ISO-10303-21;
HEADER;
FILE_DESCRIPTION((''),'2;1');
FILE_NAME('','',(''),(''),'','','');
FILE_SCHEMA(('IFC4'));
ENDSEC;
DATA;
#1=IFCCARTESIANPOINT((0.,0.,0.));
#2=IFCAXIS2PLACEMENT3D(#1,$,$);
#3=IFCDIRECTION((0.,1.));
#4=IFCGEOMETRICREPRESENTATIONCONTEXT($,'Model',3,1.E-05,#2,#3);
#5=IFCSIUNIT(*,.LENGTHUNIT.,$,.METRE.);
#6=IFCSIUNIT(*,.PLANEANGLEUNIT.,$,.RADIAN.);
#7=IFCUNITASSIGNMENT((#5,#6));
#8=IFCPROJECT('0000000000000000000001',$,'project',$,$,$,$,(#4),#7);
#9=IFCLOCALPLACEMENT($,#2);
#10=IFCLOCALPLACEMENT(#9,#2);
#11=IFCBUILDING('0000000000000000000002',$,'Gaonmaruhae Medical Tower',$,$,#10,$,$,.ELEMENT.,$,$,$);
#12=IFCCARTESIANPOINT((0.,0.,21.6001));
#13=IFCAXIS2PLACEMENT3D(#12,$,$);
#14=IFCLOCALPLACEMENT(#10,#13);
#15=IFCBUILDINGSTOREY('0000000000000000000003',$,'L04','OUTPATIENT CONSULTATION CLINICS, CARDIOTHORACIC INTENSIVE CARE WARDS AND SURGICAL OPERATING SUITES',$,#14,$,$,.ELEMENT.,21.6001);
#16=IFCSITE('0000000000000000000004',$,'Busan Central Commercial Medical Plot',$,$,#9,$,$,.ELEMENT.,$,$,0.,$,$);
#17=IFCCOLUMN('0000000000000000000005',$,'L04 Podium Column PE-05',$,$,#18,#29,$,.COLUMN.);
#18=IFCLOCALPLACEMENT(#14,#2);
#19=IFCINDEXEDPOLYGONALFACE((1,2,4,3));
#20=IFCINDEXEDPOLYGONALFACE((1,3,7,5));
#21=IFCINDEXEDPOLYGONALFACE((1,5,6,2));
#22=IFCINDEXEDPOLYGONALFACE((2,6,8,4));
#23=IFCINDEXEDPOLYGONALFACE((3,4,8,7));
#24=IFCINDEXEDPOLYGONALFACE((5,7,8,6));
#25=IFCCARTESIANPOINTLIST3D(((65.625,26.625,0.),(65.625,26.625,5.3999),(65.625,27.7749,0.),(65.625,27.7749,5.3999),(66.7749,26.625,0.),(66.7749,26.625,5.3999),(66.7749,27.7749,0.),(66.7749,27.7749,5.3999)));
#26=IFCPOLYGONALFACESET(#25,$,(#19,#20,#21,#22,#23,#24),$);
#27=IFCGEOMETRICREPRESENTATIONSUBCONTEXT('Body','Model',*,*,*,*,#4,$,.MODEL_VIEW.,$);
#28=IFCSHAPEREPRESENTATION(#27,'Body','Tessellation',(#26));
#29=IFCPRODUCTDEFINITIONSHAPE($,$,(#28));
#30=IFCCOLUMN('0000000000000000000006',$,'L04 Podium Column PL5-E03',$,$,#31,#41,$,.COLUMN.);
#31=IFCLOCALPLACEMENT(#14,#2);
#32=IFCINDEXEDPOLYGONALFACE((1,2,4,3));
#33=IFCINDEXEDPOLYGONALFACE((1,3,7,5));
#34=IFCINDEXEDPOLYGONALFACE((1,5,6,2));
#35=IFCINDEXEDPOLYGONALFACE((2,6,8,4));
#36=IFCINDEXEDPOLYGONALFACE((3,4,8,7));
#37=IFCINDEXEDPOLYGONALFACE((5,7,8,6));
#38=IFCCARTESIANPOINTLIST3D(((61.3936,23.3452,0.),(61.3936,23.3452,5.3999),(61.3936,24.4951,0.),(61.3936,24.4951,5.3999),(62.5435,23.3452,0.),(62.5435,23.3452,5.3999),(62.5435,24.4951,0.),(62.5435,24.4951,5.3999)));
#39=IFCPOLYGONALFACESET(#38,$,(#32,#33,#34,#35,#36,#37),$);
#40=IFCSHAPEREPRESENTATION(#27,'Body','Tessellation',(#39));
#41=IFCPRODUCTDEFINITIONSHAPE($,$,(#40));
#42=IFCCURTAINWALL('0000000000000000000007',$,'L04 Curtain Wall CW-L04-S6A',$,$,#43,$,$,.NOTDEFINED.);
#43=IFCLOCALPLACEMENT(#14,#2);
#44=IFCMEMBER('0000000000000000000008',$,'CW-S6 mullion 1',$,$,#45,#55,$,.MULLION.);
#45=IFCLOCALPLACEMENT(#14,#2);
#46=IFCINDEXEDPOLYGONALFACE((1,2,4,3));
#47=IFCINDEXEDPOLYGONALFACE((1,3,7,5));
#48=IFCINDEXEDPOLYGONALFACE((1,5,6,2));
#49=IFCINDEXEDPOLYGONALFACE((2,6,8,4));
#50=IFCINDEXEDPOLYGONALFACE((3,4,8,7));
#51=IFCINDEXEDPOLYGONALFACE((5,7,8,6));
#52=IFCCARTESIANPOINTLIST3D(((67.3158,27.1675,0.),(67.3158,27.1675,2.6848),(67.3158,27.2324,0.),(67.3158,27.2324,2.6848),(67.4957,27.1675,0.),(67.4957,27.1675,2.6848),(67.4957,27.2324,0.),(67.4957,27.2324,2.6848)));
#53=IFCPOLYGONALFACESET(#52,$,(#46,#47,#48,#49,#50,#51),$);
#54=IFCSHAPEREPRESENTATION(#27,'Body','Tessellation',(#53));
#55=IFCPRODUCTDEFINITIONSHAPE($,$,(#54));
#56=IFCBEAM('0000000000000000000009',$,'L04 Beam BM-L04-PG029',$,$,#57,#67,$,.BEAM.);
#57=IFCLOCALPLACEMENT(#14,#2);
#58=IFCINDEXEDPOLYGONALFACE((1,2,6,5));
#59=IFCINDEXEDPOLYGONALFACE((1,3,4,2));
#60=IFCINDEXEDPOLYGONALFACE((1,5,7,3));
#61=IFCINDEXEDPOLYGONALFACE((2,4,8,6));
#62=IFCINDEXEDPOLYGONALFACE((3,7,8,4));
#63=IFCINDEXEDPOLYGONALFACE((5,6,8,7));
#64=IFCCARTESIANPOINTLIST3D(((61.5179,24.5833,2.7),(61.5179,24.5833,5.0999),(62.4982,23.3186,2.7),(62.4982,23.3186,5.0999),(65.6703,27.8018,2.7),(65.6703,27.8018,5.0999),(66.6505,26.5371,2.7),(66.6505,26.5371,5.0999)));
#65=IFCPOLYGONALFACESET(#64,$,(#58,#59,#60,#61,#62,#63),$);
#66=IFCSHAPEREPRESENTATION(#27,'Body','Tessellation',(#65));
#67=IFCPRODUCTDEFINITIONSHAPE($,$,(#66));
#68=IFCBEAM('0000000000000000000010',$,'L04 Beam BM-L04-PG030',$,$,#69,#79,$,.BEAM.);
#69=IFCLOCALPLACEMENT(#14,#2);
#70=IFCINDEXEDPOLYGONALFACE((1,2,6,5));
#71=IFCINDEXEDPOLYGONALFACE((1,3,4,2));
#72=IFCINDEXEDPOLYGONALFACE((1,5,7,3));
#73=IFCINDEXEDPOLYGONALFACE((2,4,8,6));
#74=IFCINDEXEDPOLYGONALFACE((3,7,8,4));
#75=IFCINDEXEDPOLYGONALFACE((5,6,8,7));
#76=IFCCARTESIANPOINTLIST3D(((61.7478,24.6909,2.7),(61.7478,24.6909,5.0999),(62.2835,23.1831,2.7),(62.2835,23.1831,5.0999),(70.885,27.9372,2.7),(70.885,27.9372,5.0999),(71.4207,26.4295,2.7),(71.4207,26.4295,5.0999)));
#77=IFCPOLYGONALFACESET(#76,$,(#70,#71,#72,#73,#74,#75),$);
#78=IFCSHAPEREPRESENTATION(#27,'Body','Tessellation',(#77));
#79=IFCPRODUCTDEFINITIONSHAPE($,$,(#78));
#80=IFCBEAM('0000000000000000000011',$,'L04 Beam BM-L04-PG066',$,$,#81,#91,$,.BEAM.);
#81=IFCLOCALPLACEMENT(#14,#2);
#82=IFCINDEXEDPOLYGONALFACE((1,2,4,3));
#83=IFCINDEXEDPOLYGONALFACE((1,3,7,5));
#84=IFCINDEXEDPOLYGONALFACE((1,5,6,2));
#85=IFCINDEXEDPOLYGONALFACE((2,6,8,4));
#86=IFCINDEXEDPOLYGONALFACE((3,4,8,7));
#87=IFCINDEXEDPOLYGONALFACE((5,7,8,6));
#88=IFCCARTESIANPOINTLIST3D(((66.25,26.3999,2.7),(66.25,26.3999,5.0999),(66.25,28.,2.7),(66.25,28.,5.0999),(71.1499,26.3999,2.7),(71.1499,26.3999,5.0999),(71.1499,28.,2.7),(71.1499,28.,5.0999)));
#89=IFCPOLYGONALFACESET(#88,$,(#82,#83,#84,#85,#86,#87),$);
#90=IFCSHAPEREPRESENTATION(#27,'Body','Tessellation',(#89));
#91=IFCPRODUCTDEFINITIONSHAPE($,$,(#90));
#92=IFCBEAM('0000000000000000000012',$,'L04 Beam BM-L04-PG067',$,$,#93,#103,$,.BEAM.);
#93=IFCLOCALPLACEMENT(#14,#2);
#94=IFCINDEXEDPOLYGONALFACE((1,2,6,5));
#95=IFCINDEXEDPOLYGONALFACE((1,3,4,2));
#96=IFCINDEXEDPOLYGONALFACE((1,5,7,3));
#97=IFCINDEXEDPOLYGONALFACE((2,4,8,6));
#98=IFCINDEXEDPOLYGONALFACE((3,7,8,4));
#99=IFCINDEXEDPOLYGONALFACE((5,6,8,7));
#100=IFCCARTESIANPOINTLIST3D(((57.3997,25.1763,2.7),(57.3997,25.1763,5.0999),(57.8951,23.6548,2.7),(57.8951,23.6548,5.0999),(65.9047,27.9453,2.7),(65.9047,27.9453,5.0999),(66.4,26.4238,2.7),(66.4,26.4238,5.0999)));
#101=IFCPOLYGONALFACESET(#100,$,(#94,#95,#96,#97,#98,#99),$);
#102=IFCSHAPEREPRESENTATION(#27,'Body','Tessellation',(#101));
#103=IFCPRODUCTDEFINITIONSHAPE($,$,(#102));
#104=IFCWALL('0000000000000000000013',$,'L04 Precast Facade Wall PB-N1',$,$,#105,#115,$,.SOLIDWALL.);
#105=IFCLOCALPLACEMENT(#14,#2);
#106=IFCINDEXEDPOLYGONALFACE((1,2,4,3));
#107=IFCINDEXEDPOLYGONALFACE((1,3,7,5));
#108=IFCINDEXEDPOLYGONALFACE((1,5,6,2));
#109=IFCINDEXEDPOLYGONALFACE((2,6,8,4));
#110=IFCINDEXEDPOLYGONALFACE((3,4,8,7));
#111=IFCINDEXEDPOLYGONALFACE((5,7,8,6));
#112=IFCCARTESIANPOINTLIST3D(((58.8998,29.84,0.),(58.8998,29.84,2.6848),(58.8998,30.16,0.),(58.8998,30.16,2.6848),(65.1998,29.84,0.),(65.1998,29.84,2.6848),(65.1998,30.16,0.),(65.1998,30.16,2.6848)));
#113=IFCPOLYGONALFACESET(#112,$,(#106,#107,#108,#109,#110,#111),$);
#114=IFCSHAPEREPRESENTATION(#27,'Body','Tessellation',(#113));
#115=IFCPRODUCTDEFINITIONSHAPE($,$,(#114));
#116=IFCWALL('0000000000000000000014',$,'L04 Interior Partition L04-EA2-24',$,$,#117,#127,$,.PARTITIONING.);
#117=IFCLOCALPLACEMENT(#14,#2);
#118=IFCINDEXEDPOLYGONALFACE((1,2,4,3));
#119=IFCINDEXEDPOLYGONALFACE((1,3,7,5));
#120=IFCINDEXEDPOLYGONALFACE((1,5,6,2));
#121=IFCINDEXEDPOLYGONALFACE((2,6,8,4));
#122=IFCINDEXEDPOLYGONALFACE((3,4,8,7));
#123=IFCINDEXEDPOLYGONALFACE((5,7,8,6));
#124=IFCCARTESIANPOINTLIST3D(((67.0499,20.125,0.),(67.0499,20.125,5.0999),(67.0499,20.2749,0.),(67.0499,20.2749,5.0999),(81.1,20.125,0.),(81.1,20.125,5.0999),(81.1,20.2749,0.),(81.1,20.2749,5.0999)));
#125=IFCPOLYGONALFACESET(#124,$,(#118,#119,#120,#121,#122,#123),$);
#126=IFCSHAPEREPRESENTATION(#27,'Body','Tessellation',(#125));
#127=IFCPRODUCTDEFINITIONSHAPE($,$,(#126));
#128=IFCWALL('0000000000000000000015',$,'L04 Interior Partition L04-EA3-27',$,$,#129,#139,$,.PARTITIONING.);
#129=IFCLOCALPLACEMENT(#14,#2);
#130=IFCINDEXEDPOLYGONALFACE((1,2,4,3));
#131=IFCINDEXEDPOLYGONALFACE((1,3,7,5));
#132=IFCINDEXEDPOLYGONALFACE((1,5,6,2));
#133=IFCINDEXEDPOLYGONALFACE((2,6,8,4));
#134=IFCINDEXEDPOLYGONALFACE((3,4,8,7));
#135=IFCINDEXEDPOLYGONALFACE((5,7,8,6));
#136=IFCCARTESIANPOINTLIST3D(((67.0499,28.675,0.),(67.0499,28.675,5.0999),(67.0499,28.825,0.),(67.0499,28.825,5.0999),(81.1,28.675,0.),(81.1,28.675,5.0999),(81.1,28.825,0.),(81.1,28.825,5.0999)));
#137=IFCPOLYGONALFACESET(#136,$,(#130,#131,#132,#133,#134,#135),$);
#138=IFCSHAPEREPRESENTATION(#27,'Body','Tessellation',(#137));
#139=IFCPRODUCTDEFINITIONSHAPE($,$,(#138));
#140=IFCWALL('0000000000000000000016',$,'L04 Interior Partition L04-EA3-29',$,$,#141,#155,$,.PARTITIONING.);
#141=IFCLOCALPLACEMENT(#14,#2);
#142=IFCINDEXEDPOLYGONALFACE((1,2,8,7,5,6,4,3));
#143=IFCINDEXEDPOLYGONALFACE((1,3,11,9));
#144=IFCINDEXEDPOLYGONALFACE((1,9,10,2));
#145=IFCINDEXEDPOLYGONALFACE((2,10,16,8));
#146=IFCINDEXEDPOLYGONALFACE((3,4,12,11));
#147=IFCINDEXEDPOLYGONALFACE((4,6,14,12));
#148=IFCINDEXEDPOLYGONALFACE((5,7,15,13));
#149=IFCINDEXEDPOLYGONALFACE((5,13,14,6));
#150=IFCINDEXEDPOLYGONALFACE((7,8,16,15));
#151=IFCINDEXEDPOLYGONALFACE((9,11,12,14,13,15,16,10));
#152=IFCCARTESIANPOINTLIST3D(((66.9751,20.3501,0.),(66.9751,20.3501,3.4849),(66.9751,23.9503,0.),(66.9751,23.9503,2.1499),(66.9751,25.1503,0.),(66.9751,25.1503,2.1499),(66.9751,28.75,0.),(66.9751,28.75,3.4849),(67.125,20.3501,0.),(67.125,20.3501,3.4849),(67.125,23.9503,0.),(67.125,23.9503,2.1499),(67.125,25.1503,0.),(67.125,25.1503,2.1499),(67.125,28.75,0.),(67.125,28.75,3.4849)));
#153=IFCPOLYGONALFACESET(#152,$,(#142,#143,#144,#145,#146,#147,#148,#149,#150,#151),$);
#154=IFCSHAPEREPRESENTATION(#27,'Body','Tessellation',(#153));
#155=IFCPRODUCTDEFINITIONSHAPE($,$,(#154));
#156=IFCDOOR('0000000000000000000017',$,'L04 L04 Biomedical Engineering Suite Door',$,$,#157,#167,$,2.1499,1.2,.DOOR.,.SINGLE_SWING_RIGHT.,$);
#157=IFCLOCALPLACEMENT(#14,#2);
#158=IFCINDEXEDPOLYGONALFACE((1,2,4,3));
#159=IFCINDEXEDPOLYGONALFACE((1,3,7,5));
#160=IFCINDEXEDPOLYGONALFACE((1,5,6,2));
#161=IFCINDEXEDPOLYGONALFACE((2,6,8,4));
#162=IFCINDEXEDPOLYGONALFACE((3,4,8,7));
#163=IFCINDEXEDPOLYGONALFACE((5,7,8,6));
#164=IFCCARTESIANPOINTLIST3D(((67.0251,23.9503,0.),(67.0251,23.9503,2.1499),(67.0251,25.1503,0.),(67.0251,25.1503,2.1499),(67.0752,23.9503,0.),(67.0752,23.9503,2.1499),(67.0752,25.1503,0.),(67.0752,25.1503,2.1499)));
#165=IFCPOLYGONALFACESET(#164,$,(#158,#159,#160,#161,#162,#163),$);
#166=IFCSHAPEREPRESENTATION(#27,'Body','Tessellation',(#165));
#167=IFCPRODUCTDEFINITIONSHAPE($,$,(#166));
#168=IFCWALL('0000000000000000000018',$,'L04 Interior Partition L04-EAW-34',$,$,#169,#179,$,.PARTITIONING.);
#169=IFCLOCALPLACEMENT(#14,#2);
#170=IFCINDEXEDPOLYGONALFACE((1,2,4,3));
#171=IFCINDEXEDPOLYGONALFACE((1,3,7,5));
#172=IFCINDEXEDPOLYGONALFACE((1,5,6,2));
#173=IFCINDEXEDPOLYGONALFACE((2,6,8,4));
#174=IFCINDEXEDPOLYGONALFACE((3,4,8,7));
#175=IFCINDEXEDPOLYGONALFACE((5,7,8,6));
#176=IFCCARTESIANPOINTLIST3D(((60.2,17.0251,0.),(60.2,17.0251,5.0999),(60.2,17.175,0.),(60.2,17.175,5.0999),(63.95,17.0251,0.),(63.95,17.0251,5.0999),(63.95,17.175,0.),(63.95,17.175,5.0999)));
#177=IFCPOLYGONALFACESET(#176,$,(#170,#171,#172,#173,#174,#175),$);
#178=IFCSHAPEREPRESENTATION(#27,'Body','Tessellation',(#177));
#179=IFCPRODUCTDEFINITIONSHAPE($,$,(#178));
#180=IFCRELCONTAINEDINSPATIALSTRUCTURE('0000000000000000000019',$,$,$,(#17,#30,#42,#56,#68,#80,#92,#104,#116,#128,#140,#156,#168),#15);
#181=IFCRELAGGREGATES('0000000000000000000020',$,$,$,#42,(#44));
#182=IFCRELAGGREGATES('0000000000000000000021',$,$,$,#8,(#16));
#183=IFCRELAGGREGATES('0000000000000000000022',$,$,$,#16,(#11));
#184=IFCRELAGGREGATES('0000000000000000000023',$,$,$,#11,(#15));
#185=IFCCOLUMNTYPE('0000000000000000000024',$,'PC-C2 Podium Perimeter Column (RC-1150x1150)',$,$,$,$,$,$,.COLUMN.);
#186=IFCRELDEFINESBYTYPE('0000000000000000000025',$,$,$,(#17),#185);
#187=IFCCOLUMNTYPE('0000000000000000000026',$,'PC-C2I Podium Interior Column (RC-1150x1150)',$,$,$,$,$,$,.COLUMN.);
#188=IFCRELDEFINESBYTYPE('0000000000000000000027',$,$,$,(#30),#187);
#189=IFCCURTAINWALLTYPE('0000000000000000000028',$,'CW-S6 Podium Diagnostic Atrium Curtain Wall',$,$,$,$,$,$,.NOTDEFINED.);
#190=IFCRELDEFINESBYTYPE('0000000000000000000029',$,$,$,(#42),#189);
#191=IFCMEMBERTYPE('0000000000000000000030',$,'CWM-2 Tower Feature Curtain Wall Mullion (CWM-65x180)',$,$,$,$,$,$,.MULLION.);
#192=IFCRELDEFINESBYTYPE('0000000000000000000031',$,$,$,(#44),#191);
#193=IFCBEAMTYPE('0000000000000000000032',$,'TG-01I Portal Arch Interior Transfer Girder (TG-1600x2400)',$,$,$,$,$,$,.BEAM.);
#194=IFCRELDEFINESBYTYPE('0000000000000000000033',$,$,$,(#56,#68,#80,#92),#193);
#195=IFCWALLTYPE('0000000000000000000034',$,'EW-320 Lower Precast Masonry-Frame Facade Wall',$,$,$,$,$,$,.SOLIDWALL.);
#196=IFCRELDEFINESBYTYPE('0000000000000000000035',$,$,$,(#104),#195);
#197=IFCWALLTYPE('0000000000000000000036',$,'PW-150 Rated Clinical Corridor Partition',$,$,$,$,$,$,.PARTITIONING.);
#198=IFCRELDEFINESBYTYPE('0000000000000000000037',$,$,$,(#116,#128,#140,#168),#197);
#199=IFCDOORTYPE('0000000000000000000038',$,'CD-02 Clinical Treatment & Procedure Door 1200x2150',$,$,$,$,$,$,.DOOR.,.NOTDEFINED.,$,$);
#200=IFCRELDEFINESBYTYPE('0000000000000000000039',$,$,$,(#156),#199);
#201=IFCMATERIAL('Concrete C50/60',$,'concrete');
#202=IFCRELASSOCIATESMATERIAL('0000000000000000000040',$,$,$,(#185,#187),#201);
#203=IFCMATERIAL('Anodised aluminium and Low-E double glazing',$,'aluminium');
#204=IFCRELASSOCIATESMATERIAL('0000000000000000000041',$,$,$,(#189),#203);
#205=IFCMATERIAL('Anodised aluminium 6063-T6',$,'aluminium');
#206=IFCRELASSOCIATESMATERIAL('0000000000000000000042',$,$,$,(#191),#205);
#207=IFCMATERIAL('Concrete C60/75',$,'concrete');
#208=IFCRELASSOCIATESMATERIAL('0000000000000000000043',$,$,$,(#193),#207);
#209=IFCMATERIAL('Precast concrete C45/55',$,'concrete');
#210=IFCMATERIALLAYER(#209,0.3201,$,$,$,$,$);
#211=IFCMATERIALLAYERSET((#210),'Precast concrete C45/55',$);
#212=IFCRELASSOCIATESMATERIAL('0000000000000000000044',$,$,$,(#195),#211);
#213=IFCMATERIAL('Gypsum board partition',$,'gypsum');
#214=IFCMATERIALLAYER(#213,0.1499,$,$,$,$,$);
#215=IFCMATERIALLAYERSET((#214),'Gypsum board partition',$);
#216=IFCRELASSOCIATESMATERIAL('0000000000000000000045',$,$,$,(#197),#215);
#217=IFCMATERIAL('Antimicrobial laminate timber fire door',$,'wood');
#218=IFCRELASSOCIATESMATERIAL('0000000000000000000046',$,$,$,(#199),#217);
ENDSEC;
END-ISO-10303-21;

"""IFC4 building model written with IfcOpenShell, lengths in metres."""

from ifc_helpers import new_model, si_unit, direction, frame, frame_2d, origin, origin_2d, place, context, subcontext, project, spatial, rectangle, extrude, material, layer, layer_set, material_profile, profile_set, type_object, element, fill, aggregate, save


model = new_model("IFC4")

# Units and contexts
model_context = context("Model", 3, precision=1e-05, world=origin(), true_north=direction((0.0, 1.0)))
body_context = subcontext(model_context, "Body", "Model", "MODEL_VIEW")
ifc_project = project(units=[si_unit("LENGTHUNIT", "METRE"), si_unit("PLANEANGLEUNIT", "RADIAN")], contexts=[model_context])

# Site, building, storey
site_placement = place(None, origin())
site = spatial("IfcSite", under=ifc_project, at=site_placement, Name="Busan Central Commercial Medical Plot", CompositionType="ELEMENT", RefElevation=0.0)
building_placement = place(site_placement, origin())
building = spatial("IfcBuilding", under=site, at=building_placement, Name="Gaonmaruhae Medical Tower", CompositionType="ELEMENT")
storey_placement = place(building_placement, frame((0.0, 0.0, 21.6001)))
storey = spatial("IfcBuildingStorey", under=building, at=storey_placement, Name="L04", Description="OUTPATIENT CONSULTATION CLINICS, CARDIOTHORACIC INTENSIVE CARE WARDS AND SURGICAL OPERATING SUITES", CompositionType="ELEMENT", Elevation=21.6001)

# Columns
ifc_material_1 = material(Name="Concrete C50/60", Category="concrete")
ifc_material_profile_1 = material_profile(ifc_material_1, rectangle(XDim=1.1499, YDim=1.1499, at=origin_2d()), Name="RC-1150x1150")
ifc_profile_set_1 = profile_set([ifc_material_profile_1], Name="Concrete C50/60")
column_type_1 = type_object("IfcColumnType", Name="PC-C2 Podium Perimeter Column (RC-1150x1150)", PredefinedType="COLUMN", material=ifc_profile_set_1)
column_1_placement = place(storey_placement, frame((66.2, 27.2, 0.0), z_axis=(0.0, 0.0, 1.0), x_axis=(1.0, 0.0, 0.0)))
element("IfcColumn", 1, at=column_1_placement, inside=storey, type_object=column_type_1, Name="L04 Podium Column PE-05", PredefinedType="COLUMN", context=body_context, shape_type="SweptSolid", body=[
    extrude(rectangle(XDim=1.1499, YDim=1.1499, at=origin_2d()), origin(), (0.0, 0.0, 1.0), 5.3999),
])
ifc_material_profile_2 = material_profile(ifc_material_1, rectangle(XDim=1.1499, YDim=1.1499, at=origin_2d()), Name="RC-1150x1150")
ifc_profile_set_2 = profile_set([ifc_material_profile_2], Name="Concrete C50/60")
column_type_2 = type_object("IfcColumnType", Name="PC-C2I Podium Interior Column (RC-1150x1150)", PredefinedType="COLUMN", material=ifc_profile_set_2)
column_2_placement = place(storey_placement, frame((61.9685, 23.9202, 0.0), z_axis=(0.0, 0.0, 1.0), x_axis=(1.0, 0.0, 0.0)))
element("IfcColumn", 2, at=column_2_placement, inside=storey, type_object=column_type_2, Name="L04 Podium Column PL5-E03", PredefinedType="COLUMN", context=body_context, shape_type="SweptSolid", body=[
    extrude(rectangle(XDim=1.1499, YDim=1.1499, at=origin_2d()), origin(), (0.0, 0.0, 1.0), 5.3999),
])

# Curtain wall, member
ifc_material_2 = material(Name="Anodised aluminium and Low-E double glazing", Category="aluminium")
curtain_wall_type = type_object("IfcCurtainWallType", Name="CW-S6 Podium Diagnostic Atrium Curtain Wall", PredefinedType="NOTDEFINED", material=ifc_material_2)
curtain_wall_placement = place(storey_placement, origin())
curtain_wall = element("IfcCurtainWall", 3, at=curtain_wall_placement, inside=storey, type_object=curtain_wall_type, Name="L04 Curtain Wall CW-L04-S6A", PredefinedType="NOTDEFINED")
ifc_material_3 = material(Name="Anodised aluminium 6063-T6", Category="aluminium")
ifc_material_profile_3 = material_profile(ifc_material_3, rectangle(XDim=0.0649, YDim=0.1799, at=origin_2d()), Name="CWM-65x180")
ifc_profile_set_3 = profile_set([ifc_material_profile_3], Name="Anodised aluminium 6063-T6")
member_type = type_object("IfcMemberType", Name="CWM-2 Tower Feature Curtain Wall Mullion (CWM-65x180)", PredefinedType="MULLION", material=ifc_profile_set_3)
member_placement = place(storey_placement, frame((67.4058, 27.2, 0.0), z_axis=(0.0, 0.0, 1.0), x_axis=(0.0, 1.0, 0.0)))
member = element("IfcMember", 4, at=member_placement, type_object=member_type, Name="CW-S6 mullion 1", PredefinedType="MULLION", context=body_context, shape_type="SweptSolid", body=[
    extrude(rectangle(XDim=0.0649, YDim=0.1799, at=origin_2d()), origin(), (0.0, 0.0, 1.0), 2.6848),
])
aggregate(curtain_wall, [member])

# Beams
ifc_material_4 = material(Name="Concrete C60/75", Category="concrete")
ifc_material_profile_4 = material_profile(ifc_material_4, rectangle(XDim=1.6001, YDim=2.3999, at=origin_2d()), Name="TG-1600x2400")
ifc_profile_set_4 = profile_set([ifc_material_profile_4], Name="Concrete C60/75")
beam_type = type_object("IfcBeamType", Name="TG-01I Portal Arch Interior Transfer Girder (TG-1600x2400)", PredefinedType="BEAM", material=ifc_profile_set_4)
beam_1_placement = place(storey_placement, frame((62.0081, 23.9509, 3.8999), z_axis=(0.790375, 0.612624, 0.0), x_axis=(-0.612624, 0.790375, 0.0)))
element("IfcBeam", 5, at=beam_1_placement, inside=storey, type_object=beam_type, Name="L04 Beam BM-L04-PG029", PredefinedType="BEAM", context=body_context, shape_type="SweptSolid", body=[
    extrude(rectangle(XDim=1.6001, YDim=2.3999, at=origin_2d()), origin(), (0.0, 0.0, 1.0), 5.2537),
])
beam_2_placement = place(storey_placement, frame((62.0156, 23.937, 3.8999), z_axis=(0.942294, 0.334786, 0.0), x_axis=(-0.334786, 0.942294, 0.0)))
element("IfcBeam", 6, at=beam_2_placement, inside=storey, type_object=beam_type, Name="L04 Beam BM-L04-PG030", PredefinedType="BEAM", context=body_context, shape_type="SweptSolid", body=[
    extrude(rectangle(XDim=1.6001, YDim=2.3999, at=origin_2d()), origin(), (0.0, 0.0, 1.0), 9.6968),
])
beam_3_placement = place(storey_placement, frame((66.25, 27.2, 3.8999), z_axis=(1.0, 0.0, 0.0), x_axis=(0.0, 1.0, 0.0)))
element("IfcBeam", 7, at=beam_3_placement, inside=storey, type_object=beam_type, Name="L04 Beam BM-L04-PG066", PredefinedType="BEAM", context=body_context, shape_type="SweptSolid", body=[
    extrude(rectangle(XDim=1.6001, YDim=2.3999, at=origin_2d()), origin(), (0.0, 0.0, 1.0), 4.8999),
])
beam_4_placement = place(storey_placement, frame((66.1523, 27.1846, 3.8999), z_axis=(-0.950871, -0.309587, 0.0), x_axis=(0.309587, -0.950871, 0.0)))
element("IfcBeam", 8, at=beam_4_placement, inside=storey, type_object=beam_type, Name="L04 Beam BM-L04-PG067", PredefinedType="BEAM", context=body_context, shape_type="SweptSolid", body=[
    extrude(rectangle(XDim=1.6001, YDim=2.3999, at=origin_2d()), origin(), (0.0, 0.0, 1.0), 8.9443),
])

# Walls
ifc_material_5 = material(Name="Precast concrete C45/55", Category="concrete")
ifc_layer_1 = layer(ifc_material_5, 0.3201)
ifc_layer_set_1 = layer_set([ifc_layer_1], Name="Precast concrete C45/55")
wall_type_1 = type_object("IfcWallType", Name="EW-320 Lower Precast Masonry-Frame Facade Wall", PredefinedType="SOLIDWALL", material=ifc_layer_set_1)
wall_1_placement = place(storey_placement, frame((58.8999, 30.0, 0.0), z_axis=(0.0, 0.0, 1.0), x_axis=(1.0, 0.0, 0.0)))
element("IfcWall", 9, at=wall_1_placement, inside=storey, type_object=wall_type_1, Name="L04 Precast Facade Wall PB-N1", PredefinedType="SOLIDWALL", context=body_context, shape_type="SweptSolid", body=[
    extrude(rectangle(XDim=6.3, YDim=0.3201, at=frame_2d((3.1499, 0.0))), origin(), (0.0, 0.0, 1.0), 2.6848),
])
ifc_material_6 = material(Name="Gypsum board partition", Category="gypsum")
ifc_layer_2 = layer(ifc_material_6, 0.1499)
ifc_layer_set_2 = layer_set([ifc_layer_2], Name="Gypsum board partition")
wall_type_2 = type_object("IfcWallType", Name="PW-150 Rated Clinical Corridor Partition", PredefinedType="PARTITIONING", material=ifc_layer_set_2)
for number, where, z_axis, x_axis, name in (
    (10, (67.05, 20.2, 0.0), (0.0, 0.0, 1.0), (1.0, 0.0, 0.0), "L04 Interior Partition L04-EA2-24"),
    (11, (67.05, 28.75, 0.0), (0.0, 0.0, 1.0), (1.0, 0.0, 0.0), "L04 Interior Partition L04-EA3-27"),
):
    element("IfcWall", number, at=place(storey_placement, frame(where, z_axis=z_axis, x_axis=x_axis)), inside=storey, type_object=wall_type_2, Name=name, PredefinedType="PARTITIONING", context=body_context, shape_type="SweptSolid", body=[
        extrude(rectangle(XDim=14.05, YDim=0.1499, at=frame_2d((7.0249, 0.0))), origin(), (0.0, 0.0, 1.0), 5.0999),
    ])

# Wall, opening, door
wall_2_placement = place(storey_placement, frame((67.05, 20.3501, 0.0), z_axis=(0.0, 0.0, 1.0), x_axis=(0.0, 1.0, 0.0)))
wall_2 = element("IfcWall", 12, at=wall_2_placement, inside=storey, type_object=wall_type_2, Name="L04 Interior Partition L04-EA3-29", PredefinedType="PARTITIONING", context=body_context, shape_type="SweptSolid", body=[
    extrude(rectangle(XDim=8.3999, YDim=0.1499, at=frame_2d((4.2, 0.0))), origin(), (0.0, 0.0, 1.0), 3.4849),
])
opening_1_placement = place(wall_2_placement, frame((3.6001, 0.0, 0.0)))
opening_1 = element("IfcOpeningElement", 13, at=opening_1_placement, cuts=wall_2, PredefinedType="OPENING", context=body_context, shape_type="SweptSolid", body=[
    extrude(rectangle(XDim=1.2, YDim=2.1499, at=frame_2d((0.6001, 1.075))), frame((0.0, 0.085, 0.0), z_axis=(0.0, -1.0, 0.0), x_axis=(1.0, 0.0, 0.0)), (0.0, 0.0, 1.0), 0.1699),
])
ifc_material_7 = material(Name="Antimicrobial laminate timber fire door", Category="wood")
door_type_1 = type_object("IfcDoorType", Name="CD-02 Clinical Treatment & Procedure Door 1200x2150", OperationType="NOTDEFINED", PredefinedType="DOOR", material=ifc_material_7)
door_1_placement = place(opening_1_placement, origin())
door_1 = element("IfcDoor", 14, at=door_1_placement, inside=storey, type_object=door_type_1, Name="L04 L04 Biomedical Engineering Suite Door", OperationType="SINGLE_SWING_RIGHT", OverallHeight=2.1499, OverallWidth=1.2, PredefinedType="DOOR", context=body_context, shape_type="SweptSolid", body=[
    extrude(rectangle(XDim=1.2, YDim=2.1499, at=frame_2d((0.6001, 1.075))), frame((0.0, 0.0249, 0.0), z_axis=(0.0, -1.0, 0.0), x_axis=(1.0, 0.0, 0.0)), (0.0, 0.0, 1.0), 0.05),
])
fill(opening_1, door_1)

# Wall
wall_3_placement = place(storey_placement, frame((60.2, 17.1001, 0.0), z_axis=(0.0, 0.0, 1.0), x_axis=(1.0, 0.0, 0.0)))
element("IfcWall", 15, at=wall_3_placement, inside=storey, type_object=wall_type_2, Name="L04 Interior Partition L04-EAW-34", PredefinedType="PARTITIONING", context=body_context, shape_type="SweptSolid", body=[
    extrude(rectangle(XDim=3.75, YDim=0.1499, at=frame_2d((1.875, 0.0))), origin(), (0.0, 0.0, 1.0), 5.0999),
])

save(model, "model.ifc")
